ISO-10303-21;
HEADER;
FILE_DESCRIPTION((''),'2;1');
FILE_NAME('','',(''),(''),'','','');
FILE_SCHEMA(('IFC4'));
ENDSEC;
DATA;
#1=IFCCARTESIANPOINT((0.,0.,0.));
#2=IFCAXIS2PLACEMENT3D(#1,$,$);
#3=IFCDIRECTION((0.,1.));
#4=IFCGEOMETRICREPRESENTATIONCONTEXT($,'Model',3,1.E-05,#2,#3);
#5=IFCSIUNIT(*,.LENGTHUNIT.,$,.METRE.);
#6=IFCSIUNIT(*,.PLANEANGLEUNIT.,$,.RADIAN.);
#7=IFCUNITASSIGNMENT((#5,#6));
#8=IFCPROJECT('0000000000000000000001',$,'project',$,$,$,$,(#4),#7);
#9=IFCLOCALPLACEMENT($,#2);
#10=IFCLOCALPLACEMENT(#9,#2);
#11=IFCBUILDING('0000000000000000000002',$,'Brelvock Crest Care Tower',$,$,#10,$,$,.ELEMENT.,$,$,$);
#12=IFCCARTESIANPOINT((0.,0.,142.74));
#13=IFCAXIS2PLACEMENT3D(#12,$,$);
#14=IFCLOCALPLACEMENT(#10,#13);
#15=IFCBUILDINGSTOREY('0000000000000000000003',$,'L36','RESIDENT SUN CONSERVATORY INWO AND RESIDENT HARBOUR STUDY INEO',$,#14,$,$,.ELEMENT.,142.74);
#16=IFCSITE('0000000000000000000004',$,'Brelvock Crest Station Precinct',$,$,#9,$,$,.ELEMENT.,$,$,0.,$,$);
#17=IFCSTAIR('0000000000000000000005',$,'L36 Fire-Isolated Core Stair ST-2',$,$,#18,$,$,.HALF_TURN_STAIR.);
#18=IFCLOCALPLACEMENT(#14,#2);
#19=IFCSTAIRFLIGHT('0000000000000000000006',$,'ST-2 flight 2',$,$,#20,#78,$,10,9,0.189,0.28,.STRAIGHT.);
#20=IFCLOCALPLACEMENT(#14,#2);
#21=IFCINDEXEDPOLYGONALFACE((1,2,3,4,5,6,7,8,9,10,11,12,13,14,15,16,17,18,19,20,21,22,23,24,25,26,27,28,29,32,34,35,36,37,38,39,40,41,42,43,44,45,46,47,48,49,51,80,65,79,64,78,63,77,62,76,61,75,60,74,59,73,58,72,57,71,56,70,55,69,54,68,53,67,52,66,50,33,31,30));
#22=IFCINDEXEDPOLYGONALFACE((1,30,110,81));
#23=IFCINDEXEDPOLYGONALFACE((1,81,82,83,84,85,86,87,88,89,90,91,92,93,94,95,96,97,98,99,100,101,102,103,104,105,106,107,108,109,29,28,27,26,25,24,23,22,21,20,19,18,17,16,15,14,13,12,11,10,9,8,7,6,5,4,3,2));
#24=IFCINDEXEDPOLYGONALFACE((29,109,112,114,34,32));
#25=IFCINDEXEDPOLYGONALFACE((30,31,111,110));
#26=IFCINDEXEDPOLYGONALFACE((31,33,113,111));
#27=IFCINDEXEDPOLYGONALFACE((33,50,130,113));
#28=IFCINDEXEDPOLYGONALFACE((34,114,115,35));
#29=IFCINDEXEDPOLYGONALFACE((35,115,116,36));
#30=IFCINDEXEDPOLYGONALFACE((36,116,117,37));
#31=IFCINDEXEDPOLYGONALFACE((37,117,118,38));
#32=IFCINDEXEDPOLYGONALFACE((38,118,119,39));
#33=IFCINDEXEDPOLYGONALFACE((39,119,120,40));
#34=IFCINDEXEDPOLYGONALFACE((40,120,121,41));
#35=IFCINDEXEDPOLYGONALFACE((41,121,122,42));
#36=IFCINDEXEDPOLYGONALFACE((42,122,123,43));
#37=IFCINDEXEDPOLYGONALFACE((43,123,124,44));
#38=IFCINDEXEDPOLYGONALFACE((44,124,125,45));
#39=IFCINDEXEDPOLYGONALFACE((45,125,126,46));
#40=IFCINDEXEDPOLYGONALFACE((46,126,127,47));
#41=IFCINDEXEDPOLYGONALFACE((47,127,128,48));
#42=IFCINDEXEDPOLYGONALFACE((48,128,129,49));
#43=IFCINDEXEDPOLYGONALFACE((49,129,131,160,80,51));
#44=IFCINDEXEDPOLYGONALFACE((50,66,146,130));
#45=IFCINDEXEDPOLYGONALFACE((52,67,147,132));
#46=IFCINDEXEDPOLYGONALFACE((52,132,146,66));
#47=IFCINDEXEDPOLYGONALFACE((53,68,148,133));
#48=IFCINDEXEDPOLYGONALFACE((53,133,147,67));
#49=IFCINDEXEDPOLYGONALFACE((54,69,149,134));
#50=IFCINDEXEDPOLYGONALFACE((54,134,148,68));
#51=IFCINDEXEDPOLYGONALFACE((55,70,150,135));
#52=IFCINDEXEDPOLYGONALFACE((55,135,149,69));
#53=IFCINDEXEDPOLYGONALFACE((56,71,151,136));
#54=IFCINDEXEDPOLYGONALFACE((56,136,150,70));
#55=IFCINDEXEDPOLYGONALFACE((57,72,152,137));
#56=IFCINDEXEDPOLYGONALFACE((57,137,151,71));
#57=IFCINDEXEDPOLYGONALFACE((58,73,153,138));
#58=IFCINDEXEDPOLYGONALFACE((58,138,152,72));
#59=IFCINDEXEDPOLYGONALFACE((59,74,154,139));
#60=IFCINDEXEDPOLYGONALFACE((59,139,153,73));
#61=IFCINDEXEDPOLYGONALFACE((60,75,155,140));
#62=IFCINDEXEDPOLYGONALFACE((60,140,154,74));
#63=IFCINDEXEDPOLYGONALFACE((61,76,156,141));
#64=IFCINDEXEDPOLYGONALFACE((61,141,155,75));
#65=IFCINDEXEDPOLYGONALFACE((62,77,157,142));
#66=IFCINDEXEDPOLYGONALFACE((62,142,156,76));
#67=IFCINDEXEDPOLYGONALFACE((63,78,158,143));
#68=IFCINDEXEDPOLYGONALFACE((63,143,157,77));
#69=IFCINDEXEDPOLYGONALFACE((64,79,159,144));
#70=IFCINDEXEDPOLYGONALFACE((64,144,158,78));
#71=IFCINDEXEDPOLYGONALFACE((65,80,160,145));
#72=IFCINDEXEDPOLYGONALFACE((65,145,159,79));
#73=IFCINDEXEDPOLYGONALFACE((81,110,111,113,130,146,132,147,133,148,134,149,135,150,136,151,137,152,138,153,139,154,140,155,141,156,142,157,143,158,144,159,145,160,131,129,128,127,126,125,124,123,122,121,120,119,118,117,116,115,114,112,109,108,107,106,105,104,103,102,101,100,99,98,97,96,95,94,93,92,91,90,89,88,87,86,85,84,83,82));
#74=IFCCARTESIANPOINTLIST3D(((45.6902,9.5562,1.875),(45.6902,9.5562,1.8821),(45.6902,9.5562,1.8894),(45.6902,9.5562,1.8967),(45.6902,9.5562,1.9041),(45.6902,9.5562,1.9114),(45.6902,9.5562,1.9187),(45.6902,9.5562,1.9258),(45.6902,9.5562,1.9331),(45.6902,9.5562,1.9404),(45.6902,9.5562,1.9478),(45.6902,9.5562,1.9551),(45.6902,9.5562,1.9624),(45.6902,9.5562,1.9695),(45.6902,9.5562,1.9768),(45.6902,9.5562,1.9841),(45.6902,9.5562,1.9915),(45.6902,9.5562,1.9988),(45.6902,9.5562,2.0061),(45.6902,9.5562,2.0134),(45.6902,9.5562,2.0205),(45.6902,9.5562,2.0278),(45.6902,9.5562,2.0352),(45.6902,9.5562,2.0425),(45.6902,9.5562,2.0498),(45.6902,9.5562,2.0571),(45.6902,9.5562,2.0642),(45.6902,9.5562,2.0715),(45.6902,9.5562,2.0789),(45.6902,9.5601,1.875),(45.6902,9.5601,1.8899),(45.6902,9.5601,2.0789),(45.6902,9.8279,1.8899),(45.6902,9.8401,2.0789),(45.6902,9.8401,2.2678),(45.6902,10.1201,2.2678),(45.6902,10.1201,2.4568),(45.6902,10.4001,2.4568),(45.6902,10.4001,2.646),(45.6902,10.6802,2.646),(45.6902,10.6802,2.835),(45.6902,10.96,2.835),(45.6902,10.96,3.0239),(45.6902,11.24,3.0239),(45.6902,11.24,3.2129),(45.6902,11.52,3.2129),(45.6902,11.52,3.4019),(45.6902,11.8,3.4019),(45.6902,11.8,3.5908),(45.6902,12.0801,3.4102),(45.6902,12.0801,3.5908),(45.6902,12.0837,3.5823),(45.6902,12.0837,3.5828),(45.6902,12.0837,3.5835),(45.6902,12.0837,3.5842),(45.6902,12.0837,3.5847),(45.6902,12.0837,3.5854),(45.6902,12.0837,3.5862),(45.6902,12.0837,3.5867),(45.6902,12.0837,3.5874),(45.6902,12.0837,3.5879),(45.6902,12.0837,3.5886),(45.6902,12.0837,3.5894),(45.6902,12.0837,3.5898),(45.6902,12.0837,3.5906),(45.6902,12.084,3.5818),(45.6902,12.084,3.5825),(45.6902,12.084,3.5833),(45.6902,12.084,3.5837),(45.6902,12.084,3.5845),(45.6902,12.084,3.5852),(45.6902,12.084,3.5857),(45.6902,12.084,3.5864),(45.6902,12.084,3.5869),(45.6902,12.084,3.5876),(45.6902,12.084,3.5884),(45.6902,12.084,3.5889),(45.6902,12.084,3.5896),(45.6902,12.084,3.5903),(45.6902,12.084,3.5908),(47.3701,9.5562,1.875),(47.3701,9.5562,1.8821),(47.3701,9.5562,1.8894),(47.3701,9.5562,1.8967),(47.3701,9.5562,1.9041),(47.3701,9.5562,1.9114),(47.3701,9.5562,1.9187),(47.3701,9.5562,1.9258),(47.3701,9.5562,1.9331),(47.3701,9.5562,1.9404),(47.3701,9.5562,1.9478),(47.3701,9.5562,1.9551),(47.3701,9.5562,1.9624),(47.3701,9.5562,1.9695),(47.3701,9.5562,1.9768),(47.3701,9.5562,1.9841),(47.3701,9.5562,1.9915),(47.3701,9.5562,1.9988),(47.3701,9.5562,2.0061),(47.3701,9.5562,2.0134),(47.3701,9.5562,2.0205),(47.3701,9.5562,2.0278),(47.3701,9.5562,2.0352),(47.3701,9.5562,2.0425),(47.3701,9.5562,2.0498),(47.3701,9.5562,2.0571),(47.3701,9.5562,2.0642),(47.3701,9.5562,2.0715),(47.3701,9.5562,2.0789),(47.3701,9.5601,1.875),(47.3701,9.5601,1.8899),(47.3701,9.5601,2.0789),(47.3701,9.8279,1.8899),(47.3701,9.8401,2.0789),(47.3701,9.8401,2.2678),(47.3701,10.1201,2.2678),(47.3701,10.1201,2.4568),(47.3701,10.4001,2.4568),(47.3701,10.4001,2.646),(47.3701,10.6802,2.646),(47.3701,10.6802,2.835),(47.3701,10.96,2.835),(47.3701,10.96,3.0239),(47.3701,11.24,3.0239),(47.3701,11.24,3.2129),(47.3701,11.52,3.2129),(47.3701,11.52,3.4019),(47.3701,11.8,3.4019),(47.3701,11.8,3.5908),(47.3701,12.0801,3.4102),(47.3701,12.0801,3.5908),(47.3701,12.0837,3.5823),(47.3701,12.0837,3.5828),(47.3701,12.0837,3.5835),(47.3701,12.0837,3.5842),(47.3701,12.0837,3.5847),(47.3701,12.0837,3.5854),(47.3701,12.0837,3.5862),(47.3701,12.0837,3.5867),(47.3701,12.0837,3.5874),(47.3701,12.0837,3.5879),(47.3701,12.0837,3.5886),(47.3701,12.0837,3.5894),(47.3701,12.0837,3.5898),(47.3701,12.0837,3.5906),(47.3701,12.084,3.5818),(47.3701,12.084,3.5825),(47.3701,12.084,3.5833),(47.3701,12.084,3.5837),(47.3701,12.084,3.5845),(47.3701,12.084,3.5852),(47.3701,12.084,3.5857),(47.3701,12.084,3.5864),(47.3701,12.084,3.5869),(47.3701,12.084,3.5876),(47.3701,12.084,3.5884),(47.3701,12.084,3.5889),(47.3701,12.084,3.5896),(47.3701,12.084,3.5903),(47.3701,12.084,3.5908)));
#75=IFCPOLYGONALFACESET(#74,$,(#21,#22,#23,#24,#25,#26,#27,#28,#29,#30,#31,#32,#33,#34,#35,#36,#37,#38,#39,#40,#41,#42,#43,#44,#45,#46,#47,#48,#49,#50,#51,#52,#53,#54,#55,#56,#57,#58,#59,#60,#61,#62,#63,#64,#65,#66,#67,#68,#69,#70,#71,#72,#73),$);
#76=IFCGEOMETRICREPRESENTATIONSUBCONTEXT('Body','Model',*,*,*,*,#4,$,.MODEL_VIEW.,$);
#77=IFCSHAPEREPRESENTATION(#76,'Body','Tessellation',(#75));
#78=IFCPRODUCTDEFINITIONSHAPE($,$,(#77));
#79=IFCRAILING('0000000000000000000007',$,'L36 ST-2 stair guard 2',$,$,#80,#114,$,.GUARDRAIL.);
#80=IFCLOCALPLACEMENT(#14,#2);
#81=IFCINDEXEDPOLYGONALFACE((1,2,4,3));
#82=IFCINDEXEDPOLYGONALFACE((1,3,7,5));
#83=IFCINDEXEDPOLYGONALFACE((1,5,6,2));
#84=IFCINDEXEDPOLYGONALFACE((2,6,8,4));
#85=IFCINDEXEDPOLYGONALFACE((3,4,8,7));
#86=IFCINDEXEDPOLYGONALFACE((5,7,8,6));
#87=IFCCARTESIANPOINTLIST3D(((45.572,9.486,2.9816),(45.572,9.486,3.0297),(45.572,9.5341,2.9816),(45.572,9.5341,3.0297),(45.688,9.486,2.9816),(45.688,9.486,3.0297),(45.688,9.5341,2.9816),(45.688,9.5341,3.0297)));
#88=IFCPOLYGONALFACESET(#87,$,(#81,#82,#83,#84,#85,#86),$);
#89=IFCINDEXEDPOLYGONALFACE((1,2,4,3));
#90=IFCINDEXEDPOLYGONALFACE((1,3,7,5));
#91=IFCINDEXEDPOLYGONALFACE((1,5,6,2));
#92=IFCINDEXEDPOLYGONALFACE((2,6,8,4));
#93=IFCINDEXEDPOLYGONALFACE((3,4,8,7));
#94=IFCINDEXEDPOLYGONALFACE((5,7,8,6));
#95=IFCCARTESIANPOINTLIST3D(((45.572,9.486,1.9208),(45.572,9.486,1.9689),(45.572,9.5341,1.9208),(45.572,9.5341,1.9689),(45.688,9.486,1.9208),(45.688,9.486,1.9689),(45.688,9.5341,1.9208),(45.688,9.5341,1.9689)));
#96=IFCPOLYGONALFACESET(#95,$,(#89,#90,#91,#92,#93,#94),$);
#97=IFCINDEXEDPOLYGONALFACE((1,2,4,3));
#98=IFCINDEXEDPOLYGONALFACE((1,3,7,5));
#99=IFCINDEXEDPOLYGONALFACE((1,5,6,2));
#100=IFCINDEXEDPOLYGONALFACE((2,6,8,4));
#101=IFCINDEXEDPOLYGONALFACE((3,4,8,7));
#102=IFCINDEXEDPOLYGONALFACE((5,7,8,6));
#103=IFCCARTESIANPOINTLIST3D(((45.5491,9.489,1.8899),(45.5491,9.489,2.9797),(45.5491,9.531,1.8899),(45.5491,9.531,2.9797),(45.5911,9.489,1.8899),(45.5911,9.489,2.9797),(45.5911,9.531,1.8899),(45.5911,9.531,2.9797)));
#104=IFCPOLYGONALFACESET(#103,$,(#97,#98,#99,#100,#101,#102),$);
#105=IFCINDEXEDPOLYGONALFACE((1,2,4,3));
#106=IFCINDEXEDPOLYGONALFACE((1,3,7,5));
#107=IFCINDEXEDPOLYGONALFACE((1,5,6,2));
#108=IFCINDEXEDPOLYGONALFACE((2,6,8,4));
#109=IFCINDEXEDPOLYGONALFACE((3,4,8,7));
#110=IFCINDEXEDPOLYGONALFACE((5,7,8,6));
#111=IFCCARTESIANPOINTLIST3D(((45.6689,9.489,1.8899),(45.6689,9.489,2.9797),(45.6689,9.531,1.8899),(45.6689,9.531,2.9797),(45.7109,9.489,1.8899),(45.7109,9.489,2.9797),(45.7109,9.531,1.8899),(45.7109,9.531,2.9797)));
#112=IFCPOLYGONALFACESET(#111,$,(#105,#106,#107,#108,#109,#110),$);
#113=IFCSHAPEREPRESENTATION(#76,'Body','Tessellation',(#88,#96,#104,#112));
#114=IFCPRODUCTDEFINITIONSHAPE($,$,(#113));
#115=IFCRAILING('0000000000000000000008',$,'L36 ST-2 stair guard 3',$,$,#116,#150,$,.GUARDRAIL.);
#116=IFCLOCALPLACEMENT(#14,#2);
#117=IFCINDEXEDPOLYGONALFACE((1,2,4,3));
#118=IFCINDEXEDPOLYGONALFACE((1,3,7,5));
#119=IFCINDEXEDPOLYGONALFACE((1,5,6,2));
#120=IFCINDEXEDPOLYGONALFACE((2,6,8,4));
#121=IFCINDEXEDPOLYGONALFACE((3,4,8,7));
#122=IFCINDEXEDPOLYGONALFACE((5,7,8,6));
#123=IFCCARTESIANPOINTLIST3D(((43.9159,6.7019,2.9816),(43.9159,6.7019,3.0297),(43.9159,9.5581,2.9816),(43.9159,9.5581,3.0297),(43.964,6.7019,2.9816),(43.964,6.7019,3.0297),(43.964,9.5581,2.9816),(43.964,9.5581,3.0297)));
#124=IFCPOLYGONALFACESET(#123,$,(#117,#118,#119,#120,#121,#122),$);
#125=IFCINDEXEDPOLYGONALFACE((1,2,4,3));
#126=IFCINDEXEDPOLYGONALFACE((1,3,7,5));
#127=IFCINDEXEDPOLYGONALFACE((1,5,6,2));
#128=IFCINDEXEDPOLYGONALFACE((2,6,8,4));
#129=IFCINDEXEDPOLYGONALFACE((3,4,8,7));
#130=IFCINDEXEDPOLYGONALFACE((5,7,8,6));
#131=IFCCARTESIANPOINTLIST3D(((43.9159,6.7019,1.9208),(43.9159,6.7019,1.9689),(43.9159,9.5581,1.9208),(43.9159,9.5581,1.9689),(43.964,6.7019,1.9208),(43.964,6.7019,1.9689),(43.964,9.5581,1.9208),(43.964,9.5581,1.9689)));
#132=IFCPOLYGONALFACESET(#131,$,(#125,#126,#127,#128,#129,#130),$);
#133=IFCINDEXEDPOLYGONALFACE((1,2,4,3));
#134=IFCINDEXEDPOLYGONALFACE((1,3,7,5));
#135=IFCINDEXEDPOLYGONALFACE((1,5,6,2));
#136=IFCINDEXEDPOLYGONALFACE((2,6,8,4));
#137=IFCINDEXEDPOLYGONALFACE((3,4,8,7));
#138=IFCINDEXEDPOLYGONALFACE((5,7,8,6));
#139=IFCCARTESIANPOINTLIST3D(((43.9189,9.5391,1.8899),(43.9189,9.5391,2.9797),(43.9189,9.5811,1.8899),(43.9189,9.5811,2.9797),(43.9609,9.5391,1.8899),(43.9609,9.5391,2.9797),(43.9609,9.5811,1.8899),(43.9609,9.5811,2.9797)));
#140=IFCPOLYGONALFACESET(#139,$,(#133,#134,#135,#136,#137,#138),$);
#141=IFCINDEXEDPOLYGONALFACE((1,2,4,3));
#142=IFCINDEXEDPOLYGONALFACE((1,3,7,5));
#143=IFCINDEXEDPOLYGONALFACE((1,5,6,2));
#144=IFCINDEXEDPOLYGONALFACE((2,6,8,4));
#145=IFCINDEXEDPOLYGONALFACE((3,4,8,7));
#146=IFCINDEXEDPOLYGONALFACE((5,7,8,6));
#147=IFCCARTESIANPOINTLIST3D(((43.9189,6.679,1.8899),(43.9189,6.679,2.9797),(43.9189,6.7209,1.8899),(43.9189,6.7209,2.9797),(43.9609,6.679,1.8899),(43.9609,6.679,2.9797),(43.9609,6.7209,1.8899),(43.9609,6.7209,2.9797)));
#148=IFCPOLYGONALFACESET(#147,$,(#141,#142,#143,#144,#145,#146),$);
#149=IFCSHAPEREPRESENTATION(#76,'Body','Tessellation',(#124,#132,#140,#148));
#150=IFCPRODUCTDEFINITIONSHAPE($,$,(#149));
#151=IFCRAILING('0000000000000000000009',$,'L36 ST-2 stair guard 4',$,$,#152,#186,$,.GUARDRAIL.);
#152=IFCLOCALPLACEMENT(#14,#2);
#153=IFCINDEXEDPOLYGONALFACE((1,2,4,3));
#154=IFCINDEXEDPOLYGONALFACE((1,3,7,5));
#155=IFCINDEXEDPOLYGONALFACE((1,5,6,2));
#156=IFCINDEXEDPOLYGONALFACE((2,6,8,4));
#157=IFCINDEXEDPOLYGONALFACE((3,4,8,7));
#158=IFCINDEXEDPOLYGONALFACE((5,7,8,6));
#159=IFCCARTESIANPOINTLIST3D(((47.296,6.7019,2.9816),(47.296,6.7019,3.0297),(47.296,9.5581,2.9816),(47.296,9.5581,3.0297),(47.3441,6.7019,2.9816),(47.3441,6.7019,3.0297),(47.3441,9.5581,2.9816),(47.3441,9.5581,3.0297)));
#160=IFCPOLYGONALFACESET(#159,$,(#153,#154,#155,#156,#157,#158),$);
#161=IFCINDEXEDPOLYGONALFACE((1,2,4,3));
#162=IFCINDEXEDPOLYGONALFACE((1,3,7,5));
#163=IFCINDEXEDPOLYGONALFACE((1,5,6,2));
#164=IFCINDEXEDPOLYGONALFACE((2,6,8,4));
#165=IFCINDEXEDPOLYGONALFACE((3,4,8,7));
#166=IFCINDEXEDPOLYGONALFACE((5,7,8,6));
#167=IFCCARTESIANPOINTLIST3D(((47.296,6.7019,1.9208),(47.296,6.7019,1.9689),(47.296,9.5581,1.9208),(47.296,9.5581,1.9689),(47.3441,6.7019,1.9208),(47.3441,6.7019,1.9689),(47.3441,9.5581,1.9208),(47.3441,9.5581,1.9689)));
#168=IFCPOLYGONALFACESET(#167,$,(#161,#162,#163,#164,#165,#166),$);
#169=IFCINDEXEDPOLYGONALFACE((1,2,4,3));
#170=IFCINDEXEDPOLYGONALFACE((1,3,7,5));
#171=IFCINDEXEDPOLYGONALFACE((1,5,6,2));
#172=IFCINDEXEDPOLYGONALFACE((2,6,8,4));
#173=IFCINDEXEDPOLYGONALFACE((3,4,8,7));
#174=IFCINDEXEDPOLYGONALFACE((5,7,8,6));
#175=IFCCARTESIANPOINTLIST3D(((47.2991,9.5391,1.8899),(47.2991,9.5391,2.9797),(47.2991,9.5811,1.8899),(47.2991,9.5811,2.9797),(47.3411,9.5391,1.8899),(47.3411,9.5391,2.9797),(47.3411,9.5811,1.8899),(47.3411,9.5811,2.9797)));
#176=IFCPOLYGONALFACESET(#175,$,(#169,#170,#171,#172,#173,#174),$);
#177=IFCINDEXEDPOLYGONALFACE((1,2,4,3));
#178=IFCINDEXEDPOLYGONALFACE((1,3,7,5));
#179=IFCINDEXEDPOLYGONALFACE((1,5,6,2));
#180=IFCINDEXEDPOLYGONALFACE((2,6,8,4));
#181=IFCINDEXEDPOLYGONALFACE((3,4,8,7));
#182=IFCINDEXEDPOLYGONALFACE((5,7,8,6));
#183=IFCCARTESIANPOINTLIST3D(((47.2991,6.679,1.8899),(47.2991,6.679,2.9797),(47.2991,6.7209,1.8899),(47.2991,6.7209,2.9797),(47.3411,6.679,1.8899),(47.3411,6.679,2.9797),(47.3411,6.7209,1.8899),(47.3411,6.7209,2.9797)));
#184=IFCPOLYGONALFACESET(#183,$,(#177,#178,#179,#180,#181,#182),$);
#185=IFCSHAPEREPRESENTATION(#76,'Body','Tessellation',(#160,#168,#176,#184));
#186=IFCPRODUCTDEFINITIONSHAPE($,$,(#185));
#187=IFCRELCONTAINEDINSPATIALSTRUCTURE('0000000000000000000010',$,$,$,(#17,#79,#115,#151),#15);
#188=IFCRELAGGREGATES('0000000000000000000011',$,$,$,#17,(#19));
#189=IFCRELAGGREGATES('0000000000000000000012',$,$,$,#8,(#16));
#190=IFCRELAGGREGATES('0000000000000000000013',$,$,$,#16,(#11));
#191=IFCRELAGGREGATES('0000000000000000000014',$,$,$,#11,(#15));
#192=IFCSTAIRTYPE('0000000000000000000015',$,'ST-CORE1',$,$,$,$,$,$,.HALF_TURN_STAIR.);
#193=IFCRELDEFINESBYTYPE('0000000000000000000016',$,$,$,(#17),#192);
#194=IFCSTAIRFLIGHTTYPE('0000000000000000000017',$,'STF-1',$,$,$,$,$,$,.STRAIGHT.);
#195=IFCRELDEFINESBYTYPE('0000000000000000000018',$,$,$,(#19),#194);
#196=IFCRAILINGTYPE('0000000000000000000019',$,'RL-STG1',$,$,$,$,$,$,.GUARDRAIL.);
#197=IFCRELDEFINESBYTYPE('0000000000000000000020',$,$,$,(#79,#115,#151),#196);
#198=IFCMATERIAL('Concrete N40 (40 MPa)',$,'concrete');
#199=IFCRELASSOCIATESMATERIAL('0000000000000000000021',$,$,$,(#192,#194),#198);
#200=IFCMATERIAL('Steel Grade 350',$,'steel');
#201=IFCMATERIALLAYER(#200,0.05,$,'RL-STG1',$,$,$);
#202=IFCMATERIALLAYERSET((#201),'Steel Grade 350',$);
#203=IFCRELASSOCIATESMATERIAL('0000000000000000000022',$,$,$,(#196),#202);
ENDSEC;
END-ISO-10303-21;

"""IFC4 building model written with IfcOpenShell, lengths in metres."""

from ifc_helpers import new_model, si_unit, direction, frame, origin, origin_2d, place, context, subcontext, project, spatial, polyline, rectangle, outline, extrude, material, layer, layer_set, type_object, element, aggregate, save


model = new_model("IFC4")

# Units and contexts
model_context = context("Model", 3, precision=1e-05, world=origin(), true_north=direction((0.0, 1.0)))
body_context = subcontext(model_context, "Body", "Model", "MODEL_VIEW")
ifc_project = project(units=[si_unit("LENGTHUNIT", "METRE"), si_unit("PLANEANGLEUNIT", "RADIAN")], contexts=[model_context])

# Site, building, storey
site_placement = place(None, origin())
site = spatial("IfcSite", under=ifc_project, at=site_placement, Name="Brelvock Crest Station Precinct", CompositionType="ELEMENT", RefElevation=0.0)
building_placement = place(site_placement, origin())
building = spatial("IfcBuilding", under=site, at=building_placement, Name="Brelvock Crest Care Tower", CompositionType="ELEMENT")
storey_placement = place(building_placement, frame((0.0, 0.0, 142.74)))
storey = spatial("IfcBuildingStorey", under=building, at=storey_placement, Name="L36", Description="RESIDENT SUN CONSERVATORY INWO AND RESIDENT HARBOUR STUDY INEO", CompositionType="ELEMENT", Elevation=142.74)

# Shared definitions
ifc_material_1 = material(Name="Steel Grade 350", Category="steel")

# Stair, stair flight
ifc_material_2 = material(Name="Concrete N40 (40 MPa)", Category="concrete")
stair_type = type_object("IfcStairType", Name="ST-CORE1", PredefinedType="HALF_TURN_STAIR", material=ifc_material_2)
stair_placement = place(storey_placement, origin())
stair = element("IfcStair", 1, at=stair_placement, inside=storey, type_object=stair_type, Name="L36 Fire-Isolated Core Stair ST-2", PredefinedType="HALF_TURN_STAIR")
stair_flight_type = type_object("IfcStairFlightType", Name="STF-1", PredefinedType="STRAIGHT", material=ifc_material_2)
stair_flight_placement = place(storey_placement, frame((46.53, 9.5601, 1.8899), z_axis=(0.0, 0.0, 1.0), x_axis=(0.0, 1.0, 0.0)))
stair_flight = element("IfcStairFlight", 2, at=stair_flight_placement, type_object=stair_flight_type, Name="ST-2 flight 2", NumberOfRisers=10, NumberOfTreads=9, PredefinedType="STRAIGHT", RiserHeight=0.189, TreadLength=0.28, context=body_context, shape_type="SweptSolid", body=[
    extrude(outline(polyline([(-0.0039, -0.0149), (-0.0039, -0.0078), (-0.0039, -0.0005), (-0.0039, 0.0068), (-0.0039, 0.0142), (-0.0039, 0.0215), (-0.0039, 0.0288), (-0.0039, 0.0359), (-0.0039, 0.0432), (-0.0039, 0.0505), (-0.0039, 0.0579), (-0.0039, 0.0652), (-0.0039, 0.0725), (-0.0039, 0.0796), (-0.0039, 0.0869), (-0.0039, 0.0942), (-0.0039, 0.1016), (-0.0039, 0.1089), (-0.0039, 0.1162), (-0.0039, 0.1235), (-0.0039, 0.1306), (-0.0039, 0.1379), (-0.0039, 0.1453), (-0.0039, 0.1526), (-0.0039, 0.1599), (-0.0039, 0.1672), (-0.0039, 0.1743), (-0.0039, 0.1816), (-0.0039, 0.189), (0.0, 0.189), (0.28, 0.189), (0.28, 0.3779), (0.5601, 0.3779), (0.5601, 0.5669), (0.8401, 0.5669), (0.8401, 0.7561), (1.1201, 0.7561), (1.1201, 0.9451), (1.3999, 0.9451), (1.3999, 1.134), (1.6799, 1.134), (1.6799, 1.323), (1.96, 1.323), (1.96, 1.512), (2.24, 1.512), (2.24, 1.7009), (2.52, 1.7009), (2.5239, 1.7009), (2.5237, 1.7007), (2.5239, 1.7004), (2.5237, 1.7), (2.5239, 1.6997), (2.5237, 1.6995), (2.5239, 1.699), (2.5237, 1.6987), (2.5239, 1.6985), (2.5237, 1.698), (2.5239, 1.6978), (2.5237, 1.6975), (2.5239, 1.697), (2.5237, 1.6968), (2.5239, 1.6965), (2.5237, 1.6963), (2.5239, 1.6958), (2.5237, 1.6956), (2.5239, 1.6953), (2.5237, 1.6948), (2.5239, 1.6946), (2.5237, 1.6943), (2.5239, 1.6938), (2.5237, 1.6936), (2.5239, 1.6934), (2.5237, 1.6929), (2.5239, 1.6926), (2.5237, 1.6924), (2.5239, 1.6919), (2.52, 1.5203), (0.2678, 0.0), (0.0, 0.0), (0.0, -0.0149), (-0.0039, -0.0149)])), frame((0.0, 0.8398, 0.0), z_axis=(0.0, -1.0, 0.0), x_axis=(1.0, 0.0, 0.0)), (0.0, 0.0, 1.0), 1.6799),
])
aggregate(stair, [stair_flight])

# Railings
ifc_layer_1 = layer(ifc_material_1, 0.05, Name="RL-STG1")
ifc_layer_set_1 = layer_set([ifc_layer_1], Name="Steel Grade 350")
railing_type_1 = type_object("IfcRailingType", Name="RL-STG1", PredefinedType="GUARDRAIL", material=ifc_layer_set_1)
railing_1_placement = place(storey_placement, frame((45.5701, 9.51, 1.8899)))
element("IfcRailing", 3, at=railing_1_placement, inside=storey, type_object=railing_type_1, Name="L36 ST-2 stair guard 2", PredefinedType="GUARDRAIL", context=body_context, shape_type="SweptSolid", body=[
    extrude(rectangle(XDim=0.0481, YDim=0.0481, at=origin_2d()), frame((0.002, 0.0, 1.1157), z_axis=(1.0, 0.0, 0.0), x_axis=(0.0, 1.0, 0.0)), (0.0, 0.0, 1.0), 0.116),
    extrude(rectangle(XDim=0.0481, YDim=0.0481, at=origin_2d()), frame((0.002, 0.0, 0.0549), z_axis=(1.0, 0.0, 0.0), x_axis=(0.0, 1.0, 0.0)), (0.0, 0.0, 1.0), 0.116),
    extrude(rectangle(XDim=0.042, YDim=0.042, at=origin_2d()), origin(), (0.0, 0.0, 1.0), 1.0898),
    extrude(rectangle(XDim=0.042, YDim=0.042, at=origin_2d()), frame((0.1199, 0.0, 0.0)), (0.0, 0.0, 1.0), 1.0898),
])
for number, where, name in (
    (4, (43.9399, 9.5601, 1.8899), "L36 ST-2 stair guard 3"),
    (5, (47.3201, 9.5601, 1.8899), "L36 ST-2 stair guard 4"),
):
    element("IfcRailing", number, at=place(storey_placement, frame(where)), inside=storey, type_object=railing_type_1, Name=name, PredefinedType="GUARDRAIL", context=body_context, shape_type="SweptSolid", body=[
        extrude(rectangle(XDim=0.0481, YDim=0.0481, at=origin_2d()), frame((0.0, -0.002, 1.1157), z_axis=(0.0, -1.0, 0.0), x_axis=(1.0, 0.0, 0.0)), (0.0, 0.0, 1.0), 2.8562),
        extrude(rectangle(XDim=0.0481, YDim=0.0481, at=origin_2d()), frame((0.0, -0.002, 0.0549), z_axis=(0.0, -1.0, 0.0), x_axis=(1.0, 0.0, 0.0)), (0.0, 0.0, 1.0), 2.8562),
        extrude(rectangle(XDim=0.042, YDim=0.042, at=origin_2d()), origin(), (0.0, 0.0, 1.0), 1.0898),
        extrude(rectangle(XDim=0.042, YDim=0.042, at=origin_2d()), frame((0.0, -2.8601, 0.0)), (0.0, 0.0, 1.0), 1.0898),
    ])

save(model, "model.ifc")
